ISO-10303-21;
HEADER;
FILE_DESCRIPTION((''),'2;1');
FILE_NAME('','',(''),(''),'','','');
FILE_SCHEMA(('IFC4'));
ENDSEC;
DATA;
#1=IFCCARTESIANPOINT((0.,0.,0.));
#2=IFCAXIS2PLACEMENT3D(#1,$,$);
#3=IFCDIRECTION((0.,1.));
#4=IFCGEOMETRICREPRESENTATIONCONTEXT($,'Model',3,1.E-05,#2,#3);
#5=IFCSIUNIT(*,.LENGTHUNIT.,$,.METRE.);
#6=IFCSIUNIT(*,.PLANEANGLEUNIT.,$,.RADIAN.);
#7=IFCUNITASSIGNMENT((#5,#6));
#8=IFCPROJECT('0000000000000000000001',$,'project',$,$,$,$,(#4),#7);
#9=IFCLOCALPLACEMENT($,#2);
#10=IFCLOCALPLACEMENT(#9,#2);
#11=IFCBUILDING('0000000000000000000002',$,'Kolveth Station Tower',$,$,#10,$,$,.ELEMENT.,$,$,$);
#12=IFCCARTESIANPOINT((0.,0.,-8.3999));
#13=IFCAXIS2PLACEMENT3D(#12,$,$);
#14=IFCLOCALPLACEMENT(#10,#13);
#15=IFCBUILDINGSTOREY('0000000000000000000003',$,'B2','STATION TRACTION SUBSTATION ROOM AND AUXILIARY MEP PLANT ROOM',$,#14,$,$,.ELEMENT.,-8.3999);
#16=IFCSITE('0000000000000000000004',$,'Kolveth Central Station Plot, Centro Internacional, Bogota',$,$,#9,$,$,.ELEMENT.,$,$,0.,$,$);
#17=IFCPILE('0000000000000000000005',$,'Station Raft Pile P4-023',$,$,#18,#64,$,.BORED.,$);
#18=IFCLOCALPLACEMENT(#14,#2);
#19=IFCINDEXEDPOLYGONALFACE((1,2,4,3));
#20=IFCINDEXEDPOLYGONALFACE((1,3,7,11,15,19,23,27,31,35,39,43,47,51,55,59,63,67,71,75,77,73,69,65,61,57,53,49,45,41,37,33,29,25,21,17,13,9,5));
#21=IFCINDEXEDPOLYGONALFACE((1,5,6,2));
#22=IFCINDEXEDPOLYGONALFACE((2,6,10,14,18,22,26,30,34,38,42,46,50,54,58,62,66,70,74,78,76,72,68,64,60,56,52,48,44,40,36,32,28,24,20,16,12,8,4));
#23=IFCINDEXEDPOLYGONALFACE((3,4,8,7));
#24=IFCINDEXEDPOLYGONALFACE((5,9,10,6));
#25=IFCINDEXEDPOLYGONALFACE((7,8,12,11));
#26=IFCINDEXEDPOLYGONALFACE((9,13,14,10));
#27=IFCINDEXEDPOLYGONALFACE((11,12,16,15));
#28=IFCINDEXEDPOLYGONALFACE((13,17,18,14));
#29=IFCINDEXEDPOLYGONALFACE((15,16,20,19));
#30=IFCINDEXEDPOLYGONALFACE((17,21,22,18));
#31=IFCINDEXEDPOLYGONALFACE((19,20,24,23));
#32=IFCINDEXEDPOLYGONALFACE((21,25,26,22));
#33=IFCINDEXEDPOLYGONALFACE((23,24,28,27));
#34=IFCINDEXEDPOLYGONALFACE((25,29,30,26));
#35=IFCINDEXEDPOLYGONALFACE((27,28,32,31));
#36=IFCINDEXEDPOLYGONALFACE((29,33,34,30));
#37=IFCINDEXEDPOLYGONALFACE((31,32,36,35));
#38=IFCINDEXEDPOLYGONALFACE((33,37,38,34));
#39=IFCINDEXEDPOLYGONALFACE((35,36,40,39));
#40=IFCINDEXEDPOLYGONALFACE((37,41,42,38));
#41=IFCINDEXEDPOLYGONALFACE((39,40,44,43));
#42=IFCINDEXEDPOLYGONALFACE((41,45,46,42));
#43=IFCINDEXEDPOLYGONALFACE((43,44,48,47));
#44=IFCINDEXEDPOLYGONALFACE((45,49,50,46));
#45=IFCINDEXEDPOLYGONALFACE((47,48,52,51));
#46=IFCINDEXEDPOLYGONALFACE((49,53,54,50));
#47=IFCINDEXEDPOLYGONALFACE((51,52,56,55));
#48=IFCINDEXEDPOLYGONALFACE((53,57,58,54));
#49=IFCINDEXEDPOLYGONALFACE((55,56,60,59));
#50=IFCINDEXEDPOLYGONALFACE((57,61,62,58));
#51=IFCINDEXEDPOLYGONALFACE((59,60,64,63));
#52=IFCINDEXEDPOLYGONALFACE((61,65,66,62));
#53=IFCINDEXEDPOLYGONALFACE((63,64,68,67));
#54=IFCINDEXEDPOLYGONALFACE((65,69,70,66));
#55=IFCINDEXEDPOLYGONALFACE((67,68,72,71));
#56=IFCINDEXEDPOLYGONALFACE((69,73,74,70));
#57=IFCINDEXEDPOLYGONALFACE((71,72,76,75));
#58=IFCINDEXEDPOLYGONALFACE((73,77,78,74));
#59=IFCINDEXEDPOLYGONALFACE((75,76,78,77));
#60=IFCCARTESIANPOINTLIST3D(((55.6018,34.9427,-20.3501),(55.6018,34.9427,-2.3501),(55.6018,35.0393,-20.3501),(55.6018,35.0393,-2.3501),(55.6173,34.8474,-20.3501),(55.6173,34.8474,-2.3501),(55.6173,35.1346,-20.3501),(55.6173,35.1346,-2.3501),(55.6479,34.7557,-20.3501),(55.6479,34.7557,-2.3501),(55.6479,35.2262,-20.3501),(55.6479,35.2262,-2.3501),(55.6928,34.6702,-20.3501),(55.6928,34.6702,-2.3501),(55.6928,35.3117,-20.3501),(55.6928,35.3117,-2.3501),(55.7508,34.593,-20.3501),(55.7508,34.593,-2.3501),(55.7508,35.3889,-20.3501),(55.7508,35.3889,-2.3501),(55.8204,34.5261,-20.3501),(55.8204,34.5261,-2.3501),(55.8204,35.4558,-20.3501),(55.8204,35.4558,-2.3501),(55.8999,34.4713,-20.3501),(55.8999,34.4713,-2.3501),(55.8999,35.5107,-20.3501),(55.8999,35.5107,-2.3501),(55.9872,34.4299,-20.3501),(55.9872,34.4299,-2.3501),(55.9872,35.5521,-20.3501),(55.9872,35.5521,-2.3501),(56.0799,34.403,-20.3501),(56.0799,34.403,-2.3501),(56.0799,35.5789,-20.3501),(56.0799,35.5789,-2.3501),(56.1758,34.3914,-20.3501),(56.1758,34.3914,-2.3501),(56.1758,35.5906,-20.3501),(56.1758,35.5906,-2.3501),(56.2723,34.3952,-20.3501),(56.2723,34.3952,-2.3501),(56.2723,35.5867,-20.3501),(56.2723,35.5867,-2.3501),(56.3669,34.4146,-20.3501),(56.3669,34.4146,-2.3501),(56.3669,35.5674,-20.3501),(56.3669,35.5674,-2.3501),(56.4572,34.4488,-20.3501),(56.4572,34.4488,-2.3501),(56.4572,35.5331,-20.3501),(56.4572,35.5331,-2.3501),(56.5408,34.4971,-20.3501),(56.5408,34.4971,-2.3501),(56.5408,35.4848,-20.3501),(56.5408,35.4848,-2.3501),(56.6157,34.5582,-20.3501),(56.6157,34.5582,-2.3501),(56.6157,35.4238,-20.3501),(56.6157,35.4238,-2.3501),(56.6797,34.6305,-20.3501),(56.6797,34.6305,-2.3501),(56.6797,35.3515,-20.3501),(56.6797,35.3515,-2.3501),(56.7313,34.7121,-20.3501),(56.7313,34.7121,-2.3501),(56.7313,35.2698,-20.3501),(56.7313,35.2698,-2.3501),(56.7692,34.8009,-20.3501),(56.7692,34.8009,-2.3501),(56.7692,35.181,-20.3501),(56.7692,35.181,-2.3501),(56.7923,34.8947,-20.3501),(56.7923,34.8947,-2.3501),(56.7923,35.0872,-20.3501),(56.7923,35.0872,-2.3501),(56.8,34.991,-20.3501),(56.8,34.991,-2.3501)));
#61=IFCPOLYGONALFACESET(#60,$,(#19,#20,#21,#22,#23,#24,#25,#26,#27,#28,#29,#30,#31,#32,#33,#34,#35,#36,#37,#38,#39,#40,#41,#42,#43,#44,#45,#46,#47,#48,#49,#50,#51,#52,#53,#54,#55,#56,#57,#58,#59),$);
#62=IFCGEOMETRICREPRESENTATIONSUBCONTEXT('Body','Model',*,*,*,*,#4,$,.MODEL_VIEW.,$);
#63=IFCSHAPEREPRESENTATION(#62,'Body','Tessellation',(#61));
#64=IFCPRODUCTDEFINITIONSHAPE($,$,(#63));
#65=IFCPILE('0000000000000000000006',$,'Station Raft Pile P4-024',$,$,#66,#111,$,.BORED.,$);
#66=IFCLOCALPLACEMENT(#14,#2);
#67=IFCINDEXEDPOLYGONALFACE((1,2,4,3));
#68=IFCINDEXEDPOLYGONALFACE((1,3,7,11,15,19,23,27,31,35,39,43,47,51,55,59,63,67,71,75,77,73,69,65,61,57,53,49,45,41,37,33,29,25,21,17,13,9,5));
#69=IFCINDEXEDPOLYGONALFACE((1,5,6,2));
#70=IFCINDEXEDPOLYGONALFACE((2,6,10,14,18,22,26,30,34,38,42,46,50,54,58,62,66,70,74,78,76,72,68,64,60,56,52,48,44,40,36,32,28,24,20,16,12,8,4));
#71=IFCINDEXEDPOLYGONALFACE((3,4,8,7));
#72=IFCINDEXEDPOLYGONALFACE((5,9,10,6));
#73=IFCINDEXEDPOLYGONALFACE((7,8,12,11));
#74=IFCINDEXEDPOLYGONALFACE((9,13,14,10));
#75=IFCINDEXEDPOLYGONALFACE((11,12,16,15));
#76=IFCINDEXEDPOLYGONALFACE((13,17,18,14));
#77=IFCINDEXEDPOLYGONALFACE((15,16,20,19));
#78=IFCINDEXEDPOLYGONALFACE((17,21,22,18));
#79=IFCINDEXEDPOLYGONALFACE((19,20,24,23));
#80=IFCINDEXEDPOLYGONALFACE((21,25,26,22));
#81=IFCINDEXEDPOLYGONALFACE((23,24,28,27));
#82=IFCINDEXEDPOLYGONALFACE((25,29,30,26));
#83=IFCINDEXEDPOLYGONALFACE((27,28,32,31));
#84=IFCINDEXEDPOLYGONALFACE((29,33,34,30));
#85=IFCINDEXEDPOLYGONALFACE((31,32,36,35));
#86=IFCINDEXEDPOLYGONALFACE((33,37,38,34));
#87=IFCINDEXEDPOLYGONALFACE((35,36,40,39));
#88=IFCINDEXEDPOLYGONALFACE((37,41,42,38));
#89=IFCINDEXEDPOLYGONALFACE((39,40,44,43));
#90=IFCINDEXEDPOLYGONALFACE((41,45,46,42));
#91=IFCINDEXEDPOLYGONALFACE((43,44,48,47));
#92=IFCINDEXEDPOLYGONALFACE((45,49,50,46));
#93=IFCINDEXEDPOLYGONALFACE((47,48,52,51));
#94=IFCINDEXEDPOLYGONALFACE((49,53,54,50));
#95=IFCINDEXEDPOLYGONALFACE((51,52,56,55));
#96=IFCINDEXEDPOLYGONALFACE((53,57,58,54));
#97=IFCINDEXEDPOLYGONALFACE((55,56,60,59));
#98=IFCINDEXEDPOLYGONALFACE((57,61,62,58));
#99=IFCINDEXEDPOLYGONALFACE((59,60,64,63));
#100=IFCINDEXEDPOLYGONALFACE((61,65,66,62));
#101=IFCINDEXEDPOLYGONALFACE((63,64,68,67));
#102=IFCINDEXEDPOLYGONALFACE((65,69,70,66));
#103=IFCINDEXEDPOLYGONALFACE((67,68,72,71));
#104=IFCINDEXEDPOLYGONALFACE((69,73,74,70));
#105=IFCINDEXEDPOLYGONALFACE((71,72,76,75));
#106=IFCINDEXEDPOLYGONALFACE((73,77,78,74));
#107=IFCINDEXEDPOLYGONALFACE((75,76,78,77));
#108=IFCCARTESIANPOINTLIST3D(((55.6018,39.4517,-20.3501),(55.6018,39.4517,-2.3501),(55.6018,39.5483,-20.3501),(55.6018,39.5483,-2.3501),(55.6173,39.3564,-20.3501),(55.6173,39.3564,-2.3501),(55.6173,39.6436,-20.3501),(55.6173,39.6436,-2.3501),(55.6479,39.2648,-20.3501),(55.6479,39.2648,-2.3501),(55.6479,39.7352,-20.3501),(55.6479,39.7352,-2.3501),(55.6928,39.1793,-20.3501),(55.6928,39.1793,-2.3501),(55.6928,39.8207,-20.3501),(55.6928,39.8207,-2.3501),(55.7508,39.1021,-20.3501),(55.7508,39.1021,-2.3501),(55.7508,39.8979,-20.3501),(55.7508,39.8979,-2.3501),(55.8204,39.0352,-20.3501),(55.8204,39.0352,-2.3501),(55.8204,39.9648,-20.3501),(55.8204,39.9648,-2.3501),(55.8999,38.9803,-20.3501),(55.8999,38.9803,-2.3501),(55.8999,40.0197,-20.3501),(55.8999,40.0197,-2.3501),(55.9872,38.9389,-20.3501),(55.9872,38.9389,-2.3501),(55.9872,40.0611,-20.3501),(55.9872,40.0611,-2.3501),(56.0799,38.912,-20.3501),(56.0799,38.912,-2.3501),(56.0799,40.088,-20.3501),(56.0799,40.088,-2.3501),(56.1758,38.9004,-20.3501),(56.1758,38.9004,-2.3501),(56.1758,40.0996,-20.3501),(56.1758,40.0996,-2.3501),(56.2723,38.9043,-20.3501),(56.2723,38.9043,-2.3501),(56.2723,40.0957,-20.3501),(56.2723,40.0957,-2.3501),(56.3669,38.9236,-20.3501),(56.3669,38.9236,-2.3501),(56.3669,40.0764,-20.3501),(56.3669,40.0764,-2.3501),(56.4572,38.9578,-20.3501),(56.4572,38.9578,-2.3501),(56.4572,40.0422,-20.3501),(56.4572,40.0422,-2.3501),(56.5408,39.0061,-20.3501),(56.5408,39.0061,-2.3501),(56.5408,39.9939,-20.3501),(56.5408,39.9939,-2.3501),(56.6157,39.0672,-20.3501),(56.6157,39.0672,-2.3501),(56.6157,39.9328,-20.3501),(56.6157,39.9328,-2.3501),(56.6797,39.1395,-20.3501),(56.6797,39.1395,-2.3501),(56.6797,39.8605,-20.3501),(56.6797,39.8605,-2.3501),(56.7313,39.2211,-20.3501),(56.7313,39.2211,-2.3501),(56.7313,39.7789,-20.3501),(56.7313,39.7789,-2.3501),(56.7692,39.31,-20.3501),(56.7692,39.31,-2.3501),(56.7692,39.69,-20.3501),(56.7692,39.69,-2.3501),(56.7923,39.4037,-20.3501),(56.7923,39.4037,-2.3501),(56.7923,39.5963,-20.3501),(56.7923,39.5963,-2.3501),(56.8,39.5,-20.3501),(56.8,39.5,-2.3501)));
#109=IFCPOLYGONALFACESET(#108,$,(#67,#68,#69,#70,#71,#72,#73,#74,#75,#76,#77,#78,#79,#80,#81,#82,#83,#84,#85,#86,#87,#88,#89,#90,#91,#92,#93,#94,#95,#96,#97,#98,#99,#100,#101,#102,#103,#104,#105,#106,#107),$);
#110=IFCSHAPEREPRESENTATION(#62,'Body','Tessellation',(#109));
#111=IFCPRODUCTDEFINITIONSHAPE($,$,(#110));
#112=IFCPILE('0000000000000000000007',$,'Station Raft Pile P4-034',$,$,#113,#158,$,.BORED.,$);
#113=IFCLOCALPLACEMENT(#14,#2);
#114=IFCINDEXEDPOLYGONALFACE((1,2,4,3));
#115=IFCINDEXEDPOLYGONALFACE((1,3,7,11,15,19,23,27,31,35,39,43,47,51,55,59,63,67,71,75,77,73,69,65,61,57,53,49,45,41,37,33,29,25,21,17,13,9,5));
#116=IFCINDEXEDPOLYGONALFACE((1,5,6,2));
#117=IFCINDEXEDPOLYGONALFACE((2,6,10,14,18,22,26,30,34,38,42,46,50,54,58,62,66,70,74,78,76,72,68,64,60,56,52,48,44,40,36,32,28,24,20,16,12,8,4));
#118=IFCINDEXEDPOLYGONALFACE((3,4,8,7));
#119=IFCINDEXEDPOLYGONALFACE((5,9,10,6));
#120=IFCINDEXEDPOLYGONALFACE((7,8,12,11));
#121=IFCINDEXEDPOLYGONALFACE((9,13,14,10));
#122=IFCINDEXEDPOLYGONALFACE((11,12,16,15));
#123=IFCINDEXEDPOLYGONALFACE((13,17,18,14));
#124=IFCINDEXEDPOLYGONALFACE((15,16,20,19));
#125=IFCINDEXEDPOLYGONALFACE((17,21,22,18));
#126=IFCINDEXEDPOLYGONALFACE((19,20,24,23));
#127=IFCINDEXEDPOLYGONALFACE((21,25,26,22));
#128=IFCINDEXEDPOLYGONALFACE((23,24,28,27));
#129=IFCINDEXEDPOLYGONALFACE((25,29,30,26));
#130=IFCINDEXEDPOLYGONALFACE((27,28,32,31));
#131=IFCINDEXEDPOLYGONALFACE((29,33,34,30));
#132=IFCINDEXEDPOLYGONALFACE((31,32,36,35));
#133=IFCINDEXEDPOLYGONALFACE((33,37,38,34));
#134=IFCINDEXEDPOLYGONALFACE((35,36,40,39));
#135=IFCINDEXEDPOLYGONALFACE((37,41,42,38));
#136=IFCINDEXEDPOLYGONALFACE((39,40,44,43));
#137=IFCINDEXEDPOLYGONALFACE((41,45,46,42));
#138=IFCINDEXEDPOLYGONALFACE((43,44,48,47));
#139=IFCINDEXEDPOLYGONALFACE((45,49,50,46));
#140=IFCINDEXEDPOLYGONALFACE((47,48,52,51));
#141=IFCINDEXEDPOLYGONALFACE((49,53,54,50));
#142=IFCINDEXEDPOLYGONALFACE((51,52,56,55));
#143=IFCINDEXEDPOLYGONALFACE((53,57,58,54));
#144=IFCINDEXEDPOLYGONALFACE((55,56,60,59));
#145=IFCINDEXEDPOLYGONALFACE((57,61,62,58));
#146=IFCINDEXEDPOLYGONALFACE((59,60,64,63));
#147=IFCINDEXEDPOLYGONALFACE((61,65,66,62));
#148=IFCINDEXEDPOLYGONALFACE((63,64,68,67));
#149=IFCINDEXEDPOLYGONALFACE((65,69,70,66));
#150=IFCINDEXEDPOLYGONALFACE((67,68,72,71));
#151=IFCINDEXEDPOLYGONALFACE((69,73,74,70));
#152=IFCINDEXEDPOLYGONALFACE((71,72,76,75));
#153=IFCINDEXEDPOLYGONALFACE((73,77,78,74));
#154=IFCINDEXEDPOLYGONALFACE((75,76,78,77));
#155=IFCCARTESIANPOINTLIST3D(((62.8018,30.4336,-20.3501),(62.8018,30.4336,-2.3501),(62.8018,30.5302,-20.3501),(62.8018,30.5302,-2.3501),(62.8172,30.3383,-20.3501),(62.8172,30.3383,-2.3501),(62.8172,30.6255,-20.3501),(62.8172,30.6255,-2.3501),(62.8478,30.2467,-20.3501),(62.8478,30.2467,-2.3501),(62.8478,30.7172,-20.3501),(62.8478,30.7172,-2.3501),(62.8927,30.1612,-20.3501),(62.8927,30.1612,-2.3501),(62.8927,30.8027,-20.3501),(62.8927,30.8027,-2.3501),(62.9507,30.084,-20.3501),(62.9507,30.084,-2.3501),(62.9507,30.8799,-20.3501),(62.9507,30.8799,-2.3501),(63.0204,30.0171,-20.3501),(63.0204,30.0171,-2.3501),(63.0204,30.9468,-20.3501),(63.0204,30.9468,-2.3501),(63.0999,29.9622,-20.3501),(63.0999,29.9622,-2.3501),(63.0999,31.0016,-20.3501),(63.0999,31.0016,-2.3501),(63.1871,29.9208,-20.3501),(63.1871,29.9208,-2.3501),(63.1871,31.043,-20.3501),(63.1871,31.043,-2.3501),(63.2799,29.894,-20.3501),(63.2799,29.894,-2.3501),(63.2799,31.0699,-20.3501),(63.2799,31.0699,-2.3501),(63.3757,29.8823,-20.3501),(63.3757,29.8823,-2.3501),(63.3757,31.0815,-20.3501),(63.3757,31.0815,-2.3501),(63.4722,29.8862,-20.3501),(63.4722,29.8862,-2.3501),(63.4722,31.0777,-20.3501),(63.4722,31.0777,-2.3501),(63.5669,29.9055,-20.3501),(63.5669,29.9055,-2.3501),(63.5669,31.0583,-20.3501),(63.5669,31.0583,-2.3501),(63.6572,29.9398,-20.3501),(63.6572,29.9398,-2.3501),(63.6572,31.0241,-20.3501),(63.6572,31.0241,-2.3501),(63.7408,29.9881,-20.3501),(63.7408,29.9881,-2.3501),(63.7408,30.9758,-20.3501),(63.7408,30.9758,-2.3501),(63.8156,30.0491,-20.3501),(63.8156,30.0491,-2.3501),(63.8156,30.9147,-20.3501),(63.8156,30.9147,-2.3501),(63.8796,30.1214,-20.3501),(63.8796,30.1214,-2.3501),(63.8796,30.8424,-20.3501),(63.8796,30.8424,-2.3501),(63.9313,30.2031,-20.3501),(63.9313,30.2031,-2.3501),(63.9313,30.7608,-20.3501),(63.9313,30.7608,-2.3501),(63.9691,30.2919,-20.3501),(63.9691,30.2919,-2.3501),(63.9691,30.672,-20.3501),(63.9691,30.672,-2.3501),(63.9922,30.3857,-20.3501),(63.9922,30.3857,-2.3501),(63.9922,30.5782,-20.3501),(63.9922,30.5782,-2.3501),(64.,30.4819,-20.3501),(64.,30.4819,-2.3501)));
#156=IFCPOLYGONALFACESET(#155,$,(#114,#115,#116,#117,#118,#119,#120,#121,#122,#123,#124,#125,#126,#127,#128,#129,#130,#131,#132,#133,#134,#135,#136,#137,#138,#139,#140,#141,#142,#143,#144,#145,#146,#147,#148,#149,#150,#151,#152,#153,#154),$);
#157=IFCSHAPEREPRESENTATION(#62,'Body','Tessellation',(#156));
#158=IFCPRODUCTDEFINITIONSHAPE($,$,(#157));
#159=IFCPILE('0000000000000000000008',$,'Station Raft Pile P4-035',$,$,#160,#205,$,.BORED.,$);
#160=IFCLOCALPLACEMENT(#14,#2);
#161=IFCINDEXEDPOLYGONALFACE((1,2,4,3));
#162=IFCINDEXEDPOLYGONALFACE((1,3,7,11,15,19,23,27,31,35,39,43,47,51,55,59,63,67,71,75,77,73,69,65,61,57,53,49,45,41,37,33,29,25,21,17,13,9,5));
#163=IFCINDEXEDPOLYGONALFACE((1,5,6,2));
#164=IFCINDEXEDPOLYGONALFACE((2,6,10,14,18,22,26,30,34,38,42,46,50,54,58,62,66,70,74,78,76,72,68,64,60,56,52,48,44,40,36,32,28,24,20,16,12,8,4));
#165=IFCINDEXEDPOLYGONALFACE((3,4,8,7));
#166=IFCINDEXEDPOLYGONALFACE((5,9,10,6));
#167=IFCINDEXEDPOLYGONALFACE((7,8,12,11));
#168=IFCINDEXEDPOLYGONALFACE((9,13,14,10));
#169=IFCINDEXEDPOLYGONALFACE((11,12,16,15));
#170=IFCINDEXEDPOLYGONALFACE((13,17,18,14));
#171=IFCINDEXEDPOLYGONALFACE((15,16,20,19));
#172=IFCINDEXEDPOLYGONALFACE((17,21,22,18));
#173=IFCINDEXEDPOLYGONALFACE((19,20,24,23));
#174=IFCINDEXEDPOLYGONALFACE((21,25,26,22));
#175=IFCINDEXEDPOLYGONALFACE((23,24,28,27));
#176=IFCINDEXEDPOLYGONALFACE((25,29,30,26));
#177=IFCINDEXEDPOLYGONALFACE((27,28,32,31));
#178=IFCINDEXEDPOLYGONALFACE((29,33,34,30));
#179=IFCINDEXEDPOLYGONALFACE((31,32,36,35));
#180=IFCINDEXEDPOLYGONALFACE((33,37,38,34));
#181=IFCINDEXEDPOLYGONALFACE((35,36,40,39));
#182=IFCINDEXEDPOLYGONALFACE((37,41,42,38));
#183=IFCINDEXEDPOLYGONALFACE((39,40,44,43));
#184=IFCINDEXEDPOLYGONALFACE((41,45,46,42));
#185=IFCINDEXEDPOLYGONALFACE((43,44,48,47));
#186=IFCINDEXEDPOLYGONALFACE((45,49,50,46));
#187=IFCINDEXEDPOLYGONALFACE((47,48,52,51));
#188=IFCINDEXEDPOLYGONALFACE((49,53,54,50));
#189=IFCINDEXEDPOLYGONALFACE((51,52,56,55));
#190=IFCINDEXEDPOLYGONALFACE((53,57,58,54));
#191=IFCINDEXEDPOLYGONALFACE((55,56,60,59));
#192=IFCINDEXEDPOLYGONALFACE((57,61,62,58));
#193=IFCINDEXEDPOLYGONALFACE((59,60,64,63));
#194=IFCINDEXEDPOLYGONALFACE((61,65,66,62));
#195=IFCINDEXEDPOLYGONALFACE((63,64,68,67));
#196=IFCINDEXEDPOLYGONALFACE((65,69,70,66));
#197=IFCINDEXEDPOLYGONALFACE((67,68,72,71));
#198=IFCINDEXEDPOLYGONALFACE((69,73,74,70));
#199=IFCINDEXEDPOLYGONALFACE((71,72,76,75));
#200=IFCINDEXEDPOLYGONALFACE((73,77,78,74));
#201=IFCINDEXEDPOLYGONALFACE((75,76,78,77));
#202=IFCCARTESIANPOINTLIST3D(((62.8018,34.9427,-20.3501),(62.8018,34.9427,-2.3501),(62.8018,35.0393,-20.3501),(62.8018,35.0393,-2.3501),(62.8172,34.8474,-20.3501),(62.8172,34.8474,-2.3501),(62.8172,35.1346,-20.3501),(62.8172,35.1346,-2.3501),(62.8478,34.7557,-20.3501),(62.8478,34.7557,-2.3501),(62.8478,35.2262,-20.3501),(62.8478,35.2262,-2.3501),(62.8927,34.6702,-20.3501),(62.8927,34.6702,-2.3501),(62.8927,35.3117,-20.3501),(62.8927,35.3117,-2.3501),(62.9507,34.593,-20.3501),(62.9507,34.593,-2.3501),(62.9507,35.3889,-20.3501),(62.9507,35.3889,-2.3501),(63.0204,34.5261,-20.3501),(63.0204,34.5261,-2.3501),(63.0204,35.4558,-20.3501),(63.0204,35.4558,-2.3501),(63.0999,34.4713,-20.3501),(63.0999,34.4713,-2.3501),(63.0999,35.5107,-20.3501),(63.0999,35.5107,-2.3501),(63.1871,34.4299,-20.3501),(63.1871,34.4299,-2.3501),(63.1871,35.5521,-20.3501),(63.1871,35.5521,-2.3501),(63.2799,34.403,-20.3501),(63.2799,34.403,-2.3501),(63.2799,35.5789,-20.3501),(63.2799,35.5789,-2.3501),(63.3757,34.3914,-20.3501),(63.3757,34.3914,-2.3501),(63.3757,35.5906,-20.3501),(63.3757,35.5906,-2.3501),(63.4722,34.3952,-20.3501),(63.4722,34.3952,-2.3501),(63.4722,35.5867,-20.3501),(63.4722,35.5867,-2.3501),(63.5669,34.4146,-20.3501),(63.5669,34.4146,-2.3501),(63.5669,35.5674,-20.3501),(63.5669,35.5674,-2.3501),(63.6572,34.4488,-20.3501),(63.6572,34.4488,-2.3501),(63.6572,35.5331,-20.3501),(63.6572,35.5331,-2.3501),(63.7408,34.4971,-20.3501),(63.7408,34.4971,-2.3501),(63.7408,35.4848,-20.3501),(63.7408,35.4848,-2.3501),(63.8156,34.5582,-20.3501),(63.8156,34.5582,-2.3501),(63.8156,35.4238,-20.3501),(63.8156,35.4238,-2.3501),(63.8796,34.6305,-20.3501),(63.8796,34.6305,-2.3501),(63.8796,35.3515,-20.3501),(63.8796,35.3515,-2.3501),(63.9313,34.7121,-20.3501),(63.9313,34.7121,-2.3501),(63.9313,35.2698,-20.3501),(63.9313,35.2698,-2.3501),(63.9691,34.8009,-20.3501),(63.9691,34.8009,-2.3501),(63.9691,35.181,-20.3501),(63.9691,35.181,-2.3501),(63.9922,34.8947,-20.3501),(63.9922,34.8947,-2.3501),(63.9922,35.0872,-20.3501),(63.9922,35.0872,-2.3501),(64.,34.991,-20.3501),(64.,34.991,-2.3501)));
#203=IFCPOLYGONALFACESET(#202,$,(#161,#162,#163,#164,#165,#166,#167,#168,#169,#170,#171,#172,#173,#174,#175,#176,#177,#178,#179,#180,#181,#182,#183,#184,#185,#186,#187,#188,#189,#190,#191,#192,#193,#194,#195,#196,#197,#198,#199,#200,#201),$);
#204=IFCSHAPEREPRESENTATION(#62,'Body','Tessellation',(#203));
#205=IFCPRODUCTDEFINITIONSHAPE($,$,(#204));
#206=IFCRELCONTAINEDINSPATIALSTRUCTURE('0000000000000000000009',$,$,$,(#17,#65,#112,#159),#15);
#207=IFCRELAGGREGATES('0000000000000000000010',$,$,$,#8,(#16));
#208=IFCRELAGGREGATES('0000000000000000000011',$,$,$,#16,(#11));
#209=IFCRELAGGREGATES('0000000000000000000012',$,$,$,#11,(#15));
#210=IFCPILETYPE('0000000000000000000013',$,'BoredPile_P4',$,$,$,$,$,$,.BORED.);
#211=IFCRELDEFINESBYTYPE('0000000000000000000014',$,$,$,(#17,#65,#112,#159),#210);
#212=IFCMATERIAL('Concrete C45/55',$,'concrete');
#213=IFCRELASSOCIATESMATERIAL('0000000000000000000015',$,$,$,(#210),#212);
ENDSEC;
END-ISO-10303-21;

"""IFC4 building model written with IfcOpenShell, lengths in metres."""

from ifc_helpers import new_model, si_unit, direction, frame, origin, origin_2d, place, context, subcontext, project, spatial, circle, extrude, source, transform, mapped, material, material_profile, profile_set, type_object, element, save


model = new_model("IFC4")

# Units and contexts
model_context = context("Model", 3, precision=1e-05, world=origin(), true_north=direction((0.0, 1.0)))
body_context = subcontext(model_context, "Body", "Model", "MODEL_VIEW")
ifc_project = project(units=[si_unit("LENGTHUNIT", "METRE"), si_unit("PLANEANGLEUNIT", "RADIAN")], contexts=[model_context])

# Site, building, storey
site_placement = place(None, origin())
site = spatial("IfcSite", under=ifc_project, at=site_placement, Name="Kolveth Central Station Plot, Centro Internacional, Bogota", CompositionType="ELEMENT", RefElevation=0.0)
building_placement = place(site_placement, origin())
building = spatial("IfcBuilding", under=site, at=building_placement, Name="Kolveth Station Tower", CompositionType="ELEMENT")
storey_placement = place(building_placement, frame((0.0, 0.0, -8.3999)))
storey = spatial("IfcBuildingStorey", under=building, at=storey_placement, Name="B2", Description="STATION TRACTION SUBSTATION ROOM AND AUXILIARY MEP PLANT ROOM", CompositionType="ELEMENT", Elevation=-8.3999)

# Piles
ifc_material_1 = material(Name="Concrete C45/55", Category="concrete")
ifc_material_profile_1 = material_profile(ifc_material_1, circle(Radius=0.6001, at=origin_2d()), Name="PILE-D1200")
ifc_profile_set_1 = profile_set([ifc_material_profile_1], Name="Concrete C45/55")
pile_type = type_object("IfcPileType", Name="BoredPile_P4", PredefinedType="BORED", material=ifc_profile_set_1)
shared_shape_1 = source(origin(), body_context, "Body", "SweptSolid", [
    extrude(circle(Radius=0.6001, at=origin_2d()), origin(), (0.0, 0.0, 1.0), 18.0),
])
for number, where, z_axis, x_axis, name in (
    (1, (56.2, 34.991, -2.3501), (0.0, 0.0, -1.0), (1.0, 0.0, 0.0), "Station Raft Pile P4-023"),
    (2, (56.2, 39.5, -2.3501), (0.0, 0.0, -1.0), (1.0, 0.0, 0.0), "Station Raft Pile P4-024"),
    (3, (63.3999, 30.4819, -2.3501), (0.0, 0.0, -1.0), (1.0, 0.0, 0.0), "Station Raft Pile P4-034"),
    (4, (63.3999, 34.991, -2.3501), (0.0, 0.0, -1.0), (1.0, 0.0, 0.0), "Station Raft Pile P4-035"),
):
    element("IfcPile", number, at=place(storey_placement, frame(where, z_axis=z_axis, x_axis=x_axis)), inside=storey, type_object=pile_type, Name=name, PredefinedType="BORED", context=body_context, shape_type="MappedRepresentation", body=[
        mapped(shared_shape_1, transform((0.0, 0.0, 0.0), x_axis=(1.0, 0.0, 0.0), y_axis=(0.0, 1.0, 0.0), z_axis=(0.0, 0.0, 1.0), scale=1.0)),
    ])

save(model, "model.ifc")
